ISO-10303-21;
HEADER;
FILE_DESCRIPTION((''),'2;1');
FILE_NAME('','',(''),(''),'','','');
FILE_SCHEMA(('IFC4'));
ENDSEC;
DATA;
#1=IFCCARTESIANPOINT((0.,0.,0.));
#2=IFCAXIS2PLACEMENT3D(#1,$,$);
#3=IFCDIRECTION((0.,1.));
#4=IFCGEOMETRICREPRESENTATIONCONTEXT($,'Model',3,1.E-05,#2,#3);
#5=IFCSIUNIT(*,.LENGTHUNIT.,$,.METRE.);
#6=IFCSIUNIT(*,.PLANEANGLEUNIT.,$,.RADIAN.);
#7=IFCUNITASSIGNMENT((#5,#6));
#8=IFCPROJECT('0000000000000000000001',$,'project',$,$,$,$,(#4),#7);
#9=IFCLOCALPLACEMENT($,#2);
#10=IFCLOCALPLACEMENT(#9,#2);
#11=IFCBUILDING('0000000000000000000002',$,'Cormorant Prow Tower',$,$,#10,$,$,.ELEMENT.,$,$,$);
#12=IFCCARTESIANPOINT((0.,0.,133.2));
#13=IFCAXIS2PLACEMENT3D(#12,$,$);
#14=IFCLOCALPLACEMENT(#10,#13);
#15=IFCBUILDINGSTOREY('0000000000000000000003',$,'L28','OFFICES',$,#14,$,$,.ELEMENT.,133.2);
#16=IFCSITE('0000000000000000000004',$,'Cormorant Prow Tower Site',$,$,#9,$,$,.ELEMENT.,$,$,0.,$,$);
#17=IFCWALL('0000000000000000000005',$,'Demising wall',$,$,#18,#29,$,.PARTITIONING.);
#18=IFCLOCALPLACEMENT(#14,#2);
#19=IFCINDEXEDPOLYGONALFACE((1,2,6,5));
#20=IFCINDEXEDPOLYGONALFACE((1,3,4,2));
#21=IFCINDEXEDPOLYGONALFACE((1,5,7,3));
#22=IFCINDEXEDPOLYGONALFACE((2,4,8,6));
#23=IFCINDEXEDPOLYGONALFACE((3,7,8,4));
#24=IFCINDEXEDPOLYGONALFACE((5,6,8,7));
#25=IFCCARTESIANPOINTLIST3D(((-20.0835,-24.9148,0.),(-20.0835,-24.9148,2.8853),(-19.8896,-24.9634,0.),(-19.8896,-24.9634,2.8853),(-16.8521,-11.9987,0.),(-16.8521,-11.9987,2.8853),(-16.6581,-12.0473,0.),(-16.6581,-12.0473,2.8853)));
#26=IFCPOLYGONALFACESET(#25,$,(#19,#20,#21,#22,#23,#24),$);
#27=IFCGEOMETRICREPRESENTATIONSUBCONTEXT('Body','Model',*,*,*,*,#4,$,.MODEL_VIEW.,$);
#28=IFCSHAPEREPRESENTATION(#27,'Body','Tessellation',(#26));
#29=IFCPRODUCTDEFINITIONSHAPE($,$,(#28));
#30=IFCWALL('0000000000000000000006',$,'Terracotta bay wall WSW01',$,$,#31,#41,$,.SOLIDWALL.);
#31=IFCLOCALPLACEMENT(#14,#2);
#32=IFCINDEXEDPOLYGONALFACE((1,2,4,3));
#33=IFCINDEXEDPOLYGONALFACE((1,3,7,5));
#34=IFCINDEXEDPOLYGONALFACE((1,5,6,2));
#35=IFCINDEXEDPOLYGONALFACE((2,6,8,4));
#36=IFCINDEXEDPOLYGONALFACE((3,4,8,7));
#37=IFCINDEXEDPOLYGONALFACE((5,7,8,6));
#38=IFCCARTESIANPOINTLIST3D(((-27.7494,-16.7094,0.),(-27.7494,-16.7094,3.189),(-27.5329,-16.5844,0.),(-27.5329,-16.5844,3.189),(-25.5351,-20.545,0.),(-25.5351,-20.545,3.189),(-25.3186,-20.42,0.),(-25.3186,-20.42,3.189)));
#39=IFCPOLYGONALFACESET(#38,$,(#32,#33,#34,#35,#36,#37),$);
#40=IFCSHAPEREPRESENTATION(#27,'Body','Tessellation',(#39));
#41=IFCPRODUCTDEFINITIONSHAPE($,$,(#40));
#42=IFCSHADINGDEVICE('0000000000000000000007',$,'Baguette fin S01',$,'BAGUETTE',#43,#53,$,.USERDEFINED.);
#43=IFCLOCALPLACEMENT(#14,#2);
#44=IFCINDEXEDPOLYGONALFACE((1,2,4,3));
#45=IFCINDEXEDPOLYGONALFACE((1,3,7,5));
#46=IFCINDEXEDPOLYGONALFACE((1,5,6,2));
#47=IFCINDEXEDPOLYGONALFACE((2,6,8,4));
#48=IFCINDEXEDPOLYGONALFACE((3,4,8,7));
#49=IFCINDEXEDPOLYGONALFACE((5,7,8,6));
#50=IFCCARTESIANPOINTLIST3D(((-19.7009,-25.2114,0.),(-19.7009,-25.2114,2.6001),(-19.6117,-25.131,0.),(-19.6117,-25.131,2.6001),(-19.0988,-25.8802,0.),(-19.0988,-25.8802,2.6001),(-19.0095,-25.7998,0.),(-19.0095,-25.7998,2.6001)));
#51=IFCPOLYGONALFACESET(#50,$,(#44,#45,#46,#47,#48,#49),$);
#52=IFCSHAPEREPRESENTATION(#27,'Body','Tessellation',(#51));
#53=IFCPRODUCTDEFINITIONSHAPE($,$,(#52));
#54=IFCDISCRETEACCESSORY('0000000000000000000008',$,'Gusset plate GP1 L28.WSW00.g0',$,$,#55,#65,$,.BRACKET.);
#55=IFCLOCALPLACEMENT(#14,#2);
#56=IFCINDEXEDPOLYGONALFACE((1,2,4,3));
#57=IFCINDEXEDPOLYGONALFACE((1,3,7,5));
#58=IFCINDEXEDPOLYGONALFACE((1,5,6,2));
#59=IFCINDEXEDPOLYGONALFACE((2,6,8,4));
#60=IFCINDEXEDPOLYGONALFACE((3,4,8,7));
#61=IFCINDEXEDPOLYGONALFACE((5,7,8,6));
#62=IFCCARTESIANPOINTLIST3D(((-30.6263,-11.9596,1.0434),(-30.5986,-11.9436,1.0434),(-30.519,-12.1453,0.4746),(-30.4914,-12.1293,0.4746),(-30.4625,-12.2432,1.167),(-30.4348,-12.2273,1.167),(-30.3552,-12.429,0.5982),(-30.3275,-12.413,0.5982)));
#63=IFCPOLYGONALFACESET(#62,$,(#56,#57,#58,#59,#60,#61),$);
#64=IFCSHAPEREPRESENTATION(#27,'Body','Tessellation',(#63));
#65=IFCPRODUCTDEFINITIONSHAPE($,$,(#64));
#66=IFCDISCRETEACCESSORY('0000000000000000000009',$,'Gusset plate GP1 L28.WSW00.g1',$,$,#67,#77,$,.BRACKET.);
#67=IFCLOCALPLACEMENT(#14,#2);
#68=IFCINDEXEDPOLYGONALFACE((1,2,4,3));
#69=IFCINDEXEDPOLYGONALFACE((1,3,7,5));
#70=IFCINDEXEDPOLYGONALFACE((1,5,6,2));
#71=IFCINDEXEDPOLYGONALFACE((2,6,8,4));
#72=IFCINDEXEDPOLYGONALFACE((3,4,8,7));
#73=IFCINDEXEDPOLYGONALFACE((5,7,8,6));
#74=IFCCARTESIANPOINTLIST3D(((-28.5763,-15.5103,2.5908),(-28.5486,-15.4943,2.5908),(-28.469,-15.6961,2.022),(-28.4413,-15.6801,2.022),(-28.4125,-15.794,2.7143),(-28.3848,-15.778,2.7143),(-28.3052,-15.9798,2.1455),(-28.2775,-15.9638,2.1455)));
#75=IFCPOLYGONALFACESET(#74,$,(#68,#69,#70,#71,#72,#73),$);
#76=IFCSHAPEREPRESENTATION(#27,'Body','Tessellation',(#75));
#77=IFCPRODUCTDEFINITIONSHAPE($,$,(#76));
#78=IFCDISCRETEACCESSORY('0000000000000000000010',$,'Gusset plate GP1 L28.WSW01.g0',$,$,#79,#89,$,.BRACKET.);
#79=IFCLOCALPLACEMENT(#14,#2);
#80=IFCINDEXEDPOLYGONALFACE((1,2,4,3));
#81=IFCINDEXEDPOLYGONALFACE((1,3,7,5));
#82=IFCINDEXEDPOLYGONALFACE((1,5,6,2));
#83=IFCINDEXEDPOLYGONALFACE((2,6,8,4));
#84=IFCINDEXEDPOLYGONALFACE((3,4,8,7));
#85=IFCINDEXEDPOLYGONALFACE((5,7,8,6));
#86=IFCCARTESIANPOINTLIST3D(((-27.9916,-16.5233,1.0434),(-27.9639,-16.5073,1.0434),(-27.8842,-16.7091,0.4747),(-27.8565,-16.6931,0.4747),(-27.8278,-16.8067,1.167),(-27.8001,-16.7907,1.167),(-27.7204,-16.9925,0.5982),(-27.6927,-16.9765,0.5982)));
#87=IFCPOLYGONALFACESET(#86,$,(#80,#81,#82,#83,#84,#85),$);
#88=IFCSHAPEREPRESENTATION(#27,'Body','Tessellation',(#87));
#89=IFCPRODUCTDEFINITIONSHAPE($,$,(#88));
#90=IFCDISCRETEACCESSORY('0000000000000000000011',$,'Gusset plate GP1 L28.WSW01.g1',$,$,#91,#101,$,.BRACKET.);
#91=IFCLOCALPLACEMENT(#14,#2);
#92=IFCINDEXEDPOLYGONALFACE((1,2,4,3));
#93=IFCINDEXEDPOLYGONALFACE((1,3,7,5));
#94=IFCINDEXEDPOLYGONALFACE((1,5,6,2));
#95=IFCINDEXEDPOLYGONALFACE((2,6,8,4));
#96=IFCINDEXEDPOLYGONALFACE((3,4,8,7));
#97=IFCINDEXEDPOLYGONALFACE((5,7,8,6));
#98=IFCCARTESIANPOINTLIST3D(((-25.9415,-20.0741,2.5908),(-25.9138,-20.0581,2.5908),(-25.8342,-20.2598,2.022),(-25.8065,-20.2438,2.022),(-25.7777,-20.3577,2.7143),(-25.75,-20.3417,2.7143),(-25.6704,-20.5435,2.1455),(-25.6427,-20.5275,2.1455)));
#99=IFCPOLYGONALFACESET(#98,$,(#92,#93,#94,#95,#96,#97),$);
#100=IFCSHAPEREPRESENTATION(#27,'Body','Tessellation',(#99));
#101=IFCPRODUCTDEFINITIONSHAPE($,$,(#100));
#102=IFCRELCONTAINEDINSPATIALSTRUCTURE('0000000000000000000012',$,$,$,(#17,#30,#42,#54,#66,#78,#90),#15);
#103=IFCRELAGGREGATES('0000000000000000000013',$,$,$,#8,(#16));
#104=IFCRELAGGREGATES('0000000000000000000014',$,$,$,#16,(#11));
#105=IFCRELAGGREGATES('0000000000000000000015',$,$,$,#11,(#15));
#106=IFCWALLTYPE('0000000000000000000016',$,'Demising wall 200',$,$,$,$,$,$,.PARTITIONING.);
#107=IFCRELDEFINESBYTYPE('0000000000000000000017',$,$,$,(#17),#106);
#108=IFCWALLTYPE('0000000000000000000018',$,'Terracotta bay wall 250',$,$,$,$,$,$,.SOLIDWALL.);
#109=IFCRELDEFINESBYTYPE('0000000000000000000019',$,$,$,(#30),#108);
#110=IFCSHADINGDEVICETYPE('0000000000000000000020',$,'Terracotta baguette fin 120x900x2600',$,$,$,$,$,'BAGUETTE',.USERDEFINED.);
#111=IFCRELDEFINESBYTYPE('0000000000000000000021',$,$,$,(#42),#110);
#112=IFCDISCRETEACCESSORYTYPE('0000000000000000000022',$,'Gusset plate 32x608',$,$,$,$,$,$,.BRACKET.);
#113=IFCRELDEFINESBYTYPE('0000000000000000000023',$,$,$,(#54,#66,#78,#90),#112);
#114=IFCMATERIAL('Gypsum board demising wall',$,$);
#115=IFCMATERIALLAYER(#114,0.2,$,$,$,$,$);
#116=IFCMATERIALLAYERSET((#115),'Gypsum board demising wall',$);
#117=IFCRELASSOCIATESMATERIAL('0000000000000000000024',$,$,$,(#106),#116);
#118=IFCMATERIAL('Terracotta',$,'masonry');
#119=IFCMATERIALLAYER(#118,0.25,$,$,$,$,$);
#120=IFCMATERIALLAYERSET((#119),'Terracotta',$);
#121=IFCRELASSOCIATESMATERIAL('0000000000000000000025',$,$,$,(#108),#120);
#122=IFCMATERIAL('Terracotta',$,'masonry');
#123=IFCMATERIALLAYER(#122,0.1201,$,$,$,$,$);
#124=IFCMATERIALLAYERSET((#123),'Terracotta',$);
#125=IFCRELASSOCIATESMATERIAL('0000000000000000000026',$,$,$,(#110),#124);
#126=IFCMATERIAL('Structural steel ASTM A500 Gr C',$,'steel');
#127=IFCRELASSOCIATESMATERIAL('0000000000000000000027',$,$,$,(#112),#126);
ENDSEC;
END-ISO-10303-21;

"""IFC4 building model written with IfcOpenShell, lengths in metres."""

from ifc_helpers import new_model, si_unit, direction, frame, frame_2d, origin, origin_2d, place, context, subcontext, project, spatial, rectangle, extrude, material, layer, layer_set, material_profile, profile_set, type_object, element, save


model = new_model("IFC4")

# Units and contexts
model_context = context("Model", 3, precision=1e-05, world=origin(), true_north=direction((0.0, 1.0)))
body_context = subcontext(model_context, "Body", "Model", "MODEL_VIEW")
ifc_project = project(units=[si_unit("LENGTHUNIT", "METRE"), si_unit("PLANEANGLEUNIT", "RADIAN")], contexts=[model_context])

# Site, building, storey
site_placement = place(None, origin())
site = spatial("IfcSite", under=ifc_project, at=site_placement, Name="Cormorant Prow Tower Site", CompositionType="ELEMENT", RefElevation=0.0)
building_placement = place(site_placement, origin())
building = spatial("IfcBuilding", under=site, at=building_placement, Name="Cormorant Prow Tower", CompositionType="ELEMENT")
storey_placement = place(building_placement, frame((0.0, 0.0, 133.2)))
storey = spatial("IfcBuildingStorey", under=building, at=storey_placement, Name="L28", Description="OFFICES", CompositionType="ELEMENT", Elevation=133.2)

# Walls
ifc_material_1 = material(Name="Gypsum board demising wall")
ifc_layer_1 = layer(ifc_material_1, 0.2)
ifc_layer_set_1 = layer_set([ifc_layer_1], Name="Gypsum board demising wall")
wall_type_1 = type_object("IfcWallType", Name="Demising wall 200", PredefinedType="PARTITIONING", material=ifc_layer_set_1)
wall_1_placement = place(storey_placement, frame((-19.9866, -24.9392, 0.0), z_axis=(0.0, 0.0, 1.0), x_axis=(0.242708, 0.970099, 0.0)))
element("IfcWall", 1, at=wall_1_placement, inside=storey, type_object=wall_type_1, Name="Demising wall", PredefinedType="PARTITIONING", context=body_context, shape_type="SweptSolid", body=[
    extrude(rectangle(XDim=13.3142, YDim=0.2, at=frame_2d((6.6572, 0.0))), origin(), (0.0, 0.0, 1.0), 2.8853),
])
ifc_material_2 = material(Name="Terracotta", Category="masonry")
ifc_layer_2 = layer(ifc_material_2, 0.25)
ifc_layer_set_2 = layer_set([ifc_layer_2], Name="Terracotta")
wall_type_2 = type_object("IfcWallType", Name="Terracotta bay wall 250", PredefinedType="SOLIDWALL", material=ifc_layer_set_2)
wall_2_placement = place(storey_placement, frame((-27.6411, -16.647, 0.0), z_axis=(0.0, 0.0, 1.0), x_axis=(0.499969, -0.866043, 0.0)))
element("IfcWall", 2, at=wall_2_placement, inside=storey, type_object=wall_type_2, Name="Terracotta bay wall WSW01", PredefinedType="SOLIDWALL", context=body_context, shape_type="SweptSolid", body=[
    extrude(rectangle(XDim=4.429, YDim=0.25, at=frame_2d((2.2144, 0.0))), origin(), (0.0, 0.0, 1.0), 3.189),
])

# Shading device
ifc_material_3 = material(Name="Terracotta", Category="masonry")
ifc_layer_3 = layer(ifc_material_3, 0.1201)
ifc_layer_set_3 = layer_set([ifc_layer_3], Name="Terracotta")
shading_device_type = type_object("IfcShadingDeviceType", Name="Terracotta baguette fin 120x900x2600", ElementType="BAGUETTE", PredefinedType="USERDEFINED", material=ifc_layer_set_3)
shading_device_placement = place(storey_placement, frame((-19.3552, -25.5056, 0.0), z_axis=(0.0, 0.0, 1.0), x_axis=(0.743145, 0.669131, 0.0)))
element("IfcShadingDevice", 3, at=shading_device_placement, inside=storey, type_object=shading_device_type, Name="Baguette fin S01", ObjectType="BAGUETTE", PredefinedType="USERDEFINED", context=body_context, shape_type="SweptSolid", body=[
    extrude(rectangle(XDim=0.1201, YDim=0.8999, at=origin_2d()), origin(), (0.0, 0.0, 1.0), 2.6001),
])

# Discrete accessories
ifc_material_4 = material(Name="Structural steel ASTM A500 Gr C", Category="steel")
ifc_material_profile_1 = material_profile(ifc_material_4, rectangle(XDim=0.032, YDim=0.6079, at=origin_2d()), Name="Gusset plate 32x608")
ifc_profile_set_1 = profile_set([ifc_material_profile_1], Name="Structural steel ASTM A500 Gr C")
discrete_accessory_type = type_object("IfcDiscreteAccessoryType", Name="Gusset plate 32x608", PredefinedType="BRACKET", material=ifc_profile_set_1)
for number, where, z_axis, x_axis, name in (
    (4, (-30.395, -12.3281, 0.8826), (-0.467903, 0.810288, -0.352845), (-0.865987, -0.500067, 0.0), "Gusset plate GP1 L28.WSW00.g0"),
    (5, (-28.5088, -15.5952, 2.3064), (0.467903, -0.810288, 0.352845), (0.865987, 0.500067, 0.0), "Gusset plate GP1 L28.WSW00.g1"),
):
    element("IfcDiscreteAccessory", number, at=place(storey_placement, frame(where, z_axis=z_axis, x_axis=x_axis)), inside=storey, type_object=discrete_accessory_type, Name=name, PredefinedType="BRACKET", context=body_context, shape_type="SweptSolid", body=[
        extrude(rectangle(XDim=0.032, YDim=0.6079, at=origin_2d()), origin(), (0.0, 0.0, 1.0), 0.3501),
    ])
discrete_accessory_1_placement = place(storey_placement, frame((-27.7603, -16.8916, 0.8826), z_axis=(-0.468168, 0.810049, -0.353044), x_axis=(-0.8658, -0.500389, 0.0)))
element("IfcDiscreteAccessory", 6, at=discrete_accessory_1_placement, inside=storey, type_object=discrete_accessory_type, Name="Gusset plate GP1 L28.WSW01.g0", PredefinedType="BRACKET", context=body_context, shape_type="SweptSolid", body=[
    extrude(rectangle(XDim=0.032, YDim=0.6079, at=origin_2d()), origin(), (0.0, 0.0, 1.0), 0.3499),
])
discrete_accessory_2_placement = place(storey_placement, frame((-25.874, -20.1589, 2.3064), z_axis=(0.467903, -0.810288, 0.352845), x_axis=(0.865987, 0.500067, 0.0)))
element("IfcDiscreteAccessory", 7, at=discrete_accessory_2_placement, inside=storey, type_object=discrete_accessory_type, Name="Gusset plate GP1 L28.WSW01.g1", PredefinedType="BRACKET", context=body_context, shape_type="SweptSolid", body=[
    extrude(rectangle(XDim=0.032, YDim=0.6079, at=origin_2d()), origin(), (0.0, 0.0, 1.0), 0.3501),
])

save(model, "model.ifc")
